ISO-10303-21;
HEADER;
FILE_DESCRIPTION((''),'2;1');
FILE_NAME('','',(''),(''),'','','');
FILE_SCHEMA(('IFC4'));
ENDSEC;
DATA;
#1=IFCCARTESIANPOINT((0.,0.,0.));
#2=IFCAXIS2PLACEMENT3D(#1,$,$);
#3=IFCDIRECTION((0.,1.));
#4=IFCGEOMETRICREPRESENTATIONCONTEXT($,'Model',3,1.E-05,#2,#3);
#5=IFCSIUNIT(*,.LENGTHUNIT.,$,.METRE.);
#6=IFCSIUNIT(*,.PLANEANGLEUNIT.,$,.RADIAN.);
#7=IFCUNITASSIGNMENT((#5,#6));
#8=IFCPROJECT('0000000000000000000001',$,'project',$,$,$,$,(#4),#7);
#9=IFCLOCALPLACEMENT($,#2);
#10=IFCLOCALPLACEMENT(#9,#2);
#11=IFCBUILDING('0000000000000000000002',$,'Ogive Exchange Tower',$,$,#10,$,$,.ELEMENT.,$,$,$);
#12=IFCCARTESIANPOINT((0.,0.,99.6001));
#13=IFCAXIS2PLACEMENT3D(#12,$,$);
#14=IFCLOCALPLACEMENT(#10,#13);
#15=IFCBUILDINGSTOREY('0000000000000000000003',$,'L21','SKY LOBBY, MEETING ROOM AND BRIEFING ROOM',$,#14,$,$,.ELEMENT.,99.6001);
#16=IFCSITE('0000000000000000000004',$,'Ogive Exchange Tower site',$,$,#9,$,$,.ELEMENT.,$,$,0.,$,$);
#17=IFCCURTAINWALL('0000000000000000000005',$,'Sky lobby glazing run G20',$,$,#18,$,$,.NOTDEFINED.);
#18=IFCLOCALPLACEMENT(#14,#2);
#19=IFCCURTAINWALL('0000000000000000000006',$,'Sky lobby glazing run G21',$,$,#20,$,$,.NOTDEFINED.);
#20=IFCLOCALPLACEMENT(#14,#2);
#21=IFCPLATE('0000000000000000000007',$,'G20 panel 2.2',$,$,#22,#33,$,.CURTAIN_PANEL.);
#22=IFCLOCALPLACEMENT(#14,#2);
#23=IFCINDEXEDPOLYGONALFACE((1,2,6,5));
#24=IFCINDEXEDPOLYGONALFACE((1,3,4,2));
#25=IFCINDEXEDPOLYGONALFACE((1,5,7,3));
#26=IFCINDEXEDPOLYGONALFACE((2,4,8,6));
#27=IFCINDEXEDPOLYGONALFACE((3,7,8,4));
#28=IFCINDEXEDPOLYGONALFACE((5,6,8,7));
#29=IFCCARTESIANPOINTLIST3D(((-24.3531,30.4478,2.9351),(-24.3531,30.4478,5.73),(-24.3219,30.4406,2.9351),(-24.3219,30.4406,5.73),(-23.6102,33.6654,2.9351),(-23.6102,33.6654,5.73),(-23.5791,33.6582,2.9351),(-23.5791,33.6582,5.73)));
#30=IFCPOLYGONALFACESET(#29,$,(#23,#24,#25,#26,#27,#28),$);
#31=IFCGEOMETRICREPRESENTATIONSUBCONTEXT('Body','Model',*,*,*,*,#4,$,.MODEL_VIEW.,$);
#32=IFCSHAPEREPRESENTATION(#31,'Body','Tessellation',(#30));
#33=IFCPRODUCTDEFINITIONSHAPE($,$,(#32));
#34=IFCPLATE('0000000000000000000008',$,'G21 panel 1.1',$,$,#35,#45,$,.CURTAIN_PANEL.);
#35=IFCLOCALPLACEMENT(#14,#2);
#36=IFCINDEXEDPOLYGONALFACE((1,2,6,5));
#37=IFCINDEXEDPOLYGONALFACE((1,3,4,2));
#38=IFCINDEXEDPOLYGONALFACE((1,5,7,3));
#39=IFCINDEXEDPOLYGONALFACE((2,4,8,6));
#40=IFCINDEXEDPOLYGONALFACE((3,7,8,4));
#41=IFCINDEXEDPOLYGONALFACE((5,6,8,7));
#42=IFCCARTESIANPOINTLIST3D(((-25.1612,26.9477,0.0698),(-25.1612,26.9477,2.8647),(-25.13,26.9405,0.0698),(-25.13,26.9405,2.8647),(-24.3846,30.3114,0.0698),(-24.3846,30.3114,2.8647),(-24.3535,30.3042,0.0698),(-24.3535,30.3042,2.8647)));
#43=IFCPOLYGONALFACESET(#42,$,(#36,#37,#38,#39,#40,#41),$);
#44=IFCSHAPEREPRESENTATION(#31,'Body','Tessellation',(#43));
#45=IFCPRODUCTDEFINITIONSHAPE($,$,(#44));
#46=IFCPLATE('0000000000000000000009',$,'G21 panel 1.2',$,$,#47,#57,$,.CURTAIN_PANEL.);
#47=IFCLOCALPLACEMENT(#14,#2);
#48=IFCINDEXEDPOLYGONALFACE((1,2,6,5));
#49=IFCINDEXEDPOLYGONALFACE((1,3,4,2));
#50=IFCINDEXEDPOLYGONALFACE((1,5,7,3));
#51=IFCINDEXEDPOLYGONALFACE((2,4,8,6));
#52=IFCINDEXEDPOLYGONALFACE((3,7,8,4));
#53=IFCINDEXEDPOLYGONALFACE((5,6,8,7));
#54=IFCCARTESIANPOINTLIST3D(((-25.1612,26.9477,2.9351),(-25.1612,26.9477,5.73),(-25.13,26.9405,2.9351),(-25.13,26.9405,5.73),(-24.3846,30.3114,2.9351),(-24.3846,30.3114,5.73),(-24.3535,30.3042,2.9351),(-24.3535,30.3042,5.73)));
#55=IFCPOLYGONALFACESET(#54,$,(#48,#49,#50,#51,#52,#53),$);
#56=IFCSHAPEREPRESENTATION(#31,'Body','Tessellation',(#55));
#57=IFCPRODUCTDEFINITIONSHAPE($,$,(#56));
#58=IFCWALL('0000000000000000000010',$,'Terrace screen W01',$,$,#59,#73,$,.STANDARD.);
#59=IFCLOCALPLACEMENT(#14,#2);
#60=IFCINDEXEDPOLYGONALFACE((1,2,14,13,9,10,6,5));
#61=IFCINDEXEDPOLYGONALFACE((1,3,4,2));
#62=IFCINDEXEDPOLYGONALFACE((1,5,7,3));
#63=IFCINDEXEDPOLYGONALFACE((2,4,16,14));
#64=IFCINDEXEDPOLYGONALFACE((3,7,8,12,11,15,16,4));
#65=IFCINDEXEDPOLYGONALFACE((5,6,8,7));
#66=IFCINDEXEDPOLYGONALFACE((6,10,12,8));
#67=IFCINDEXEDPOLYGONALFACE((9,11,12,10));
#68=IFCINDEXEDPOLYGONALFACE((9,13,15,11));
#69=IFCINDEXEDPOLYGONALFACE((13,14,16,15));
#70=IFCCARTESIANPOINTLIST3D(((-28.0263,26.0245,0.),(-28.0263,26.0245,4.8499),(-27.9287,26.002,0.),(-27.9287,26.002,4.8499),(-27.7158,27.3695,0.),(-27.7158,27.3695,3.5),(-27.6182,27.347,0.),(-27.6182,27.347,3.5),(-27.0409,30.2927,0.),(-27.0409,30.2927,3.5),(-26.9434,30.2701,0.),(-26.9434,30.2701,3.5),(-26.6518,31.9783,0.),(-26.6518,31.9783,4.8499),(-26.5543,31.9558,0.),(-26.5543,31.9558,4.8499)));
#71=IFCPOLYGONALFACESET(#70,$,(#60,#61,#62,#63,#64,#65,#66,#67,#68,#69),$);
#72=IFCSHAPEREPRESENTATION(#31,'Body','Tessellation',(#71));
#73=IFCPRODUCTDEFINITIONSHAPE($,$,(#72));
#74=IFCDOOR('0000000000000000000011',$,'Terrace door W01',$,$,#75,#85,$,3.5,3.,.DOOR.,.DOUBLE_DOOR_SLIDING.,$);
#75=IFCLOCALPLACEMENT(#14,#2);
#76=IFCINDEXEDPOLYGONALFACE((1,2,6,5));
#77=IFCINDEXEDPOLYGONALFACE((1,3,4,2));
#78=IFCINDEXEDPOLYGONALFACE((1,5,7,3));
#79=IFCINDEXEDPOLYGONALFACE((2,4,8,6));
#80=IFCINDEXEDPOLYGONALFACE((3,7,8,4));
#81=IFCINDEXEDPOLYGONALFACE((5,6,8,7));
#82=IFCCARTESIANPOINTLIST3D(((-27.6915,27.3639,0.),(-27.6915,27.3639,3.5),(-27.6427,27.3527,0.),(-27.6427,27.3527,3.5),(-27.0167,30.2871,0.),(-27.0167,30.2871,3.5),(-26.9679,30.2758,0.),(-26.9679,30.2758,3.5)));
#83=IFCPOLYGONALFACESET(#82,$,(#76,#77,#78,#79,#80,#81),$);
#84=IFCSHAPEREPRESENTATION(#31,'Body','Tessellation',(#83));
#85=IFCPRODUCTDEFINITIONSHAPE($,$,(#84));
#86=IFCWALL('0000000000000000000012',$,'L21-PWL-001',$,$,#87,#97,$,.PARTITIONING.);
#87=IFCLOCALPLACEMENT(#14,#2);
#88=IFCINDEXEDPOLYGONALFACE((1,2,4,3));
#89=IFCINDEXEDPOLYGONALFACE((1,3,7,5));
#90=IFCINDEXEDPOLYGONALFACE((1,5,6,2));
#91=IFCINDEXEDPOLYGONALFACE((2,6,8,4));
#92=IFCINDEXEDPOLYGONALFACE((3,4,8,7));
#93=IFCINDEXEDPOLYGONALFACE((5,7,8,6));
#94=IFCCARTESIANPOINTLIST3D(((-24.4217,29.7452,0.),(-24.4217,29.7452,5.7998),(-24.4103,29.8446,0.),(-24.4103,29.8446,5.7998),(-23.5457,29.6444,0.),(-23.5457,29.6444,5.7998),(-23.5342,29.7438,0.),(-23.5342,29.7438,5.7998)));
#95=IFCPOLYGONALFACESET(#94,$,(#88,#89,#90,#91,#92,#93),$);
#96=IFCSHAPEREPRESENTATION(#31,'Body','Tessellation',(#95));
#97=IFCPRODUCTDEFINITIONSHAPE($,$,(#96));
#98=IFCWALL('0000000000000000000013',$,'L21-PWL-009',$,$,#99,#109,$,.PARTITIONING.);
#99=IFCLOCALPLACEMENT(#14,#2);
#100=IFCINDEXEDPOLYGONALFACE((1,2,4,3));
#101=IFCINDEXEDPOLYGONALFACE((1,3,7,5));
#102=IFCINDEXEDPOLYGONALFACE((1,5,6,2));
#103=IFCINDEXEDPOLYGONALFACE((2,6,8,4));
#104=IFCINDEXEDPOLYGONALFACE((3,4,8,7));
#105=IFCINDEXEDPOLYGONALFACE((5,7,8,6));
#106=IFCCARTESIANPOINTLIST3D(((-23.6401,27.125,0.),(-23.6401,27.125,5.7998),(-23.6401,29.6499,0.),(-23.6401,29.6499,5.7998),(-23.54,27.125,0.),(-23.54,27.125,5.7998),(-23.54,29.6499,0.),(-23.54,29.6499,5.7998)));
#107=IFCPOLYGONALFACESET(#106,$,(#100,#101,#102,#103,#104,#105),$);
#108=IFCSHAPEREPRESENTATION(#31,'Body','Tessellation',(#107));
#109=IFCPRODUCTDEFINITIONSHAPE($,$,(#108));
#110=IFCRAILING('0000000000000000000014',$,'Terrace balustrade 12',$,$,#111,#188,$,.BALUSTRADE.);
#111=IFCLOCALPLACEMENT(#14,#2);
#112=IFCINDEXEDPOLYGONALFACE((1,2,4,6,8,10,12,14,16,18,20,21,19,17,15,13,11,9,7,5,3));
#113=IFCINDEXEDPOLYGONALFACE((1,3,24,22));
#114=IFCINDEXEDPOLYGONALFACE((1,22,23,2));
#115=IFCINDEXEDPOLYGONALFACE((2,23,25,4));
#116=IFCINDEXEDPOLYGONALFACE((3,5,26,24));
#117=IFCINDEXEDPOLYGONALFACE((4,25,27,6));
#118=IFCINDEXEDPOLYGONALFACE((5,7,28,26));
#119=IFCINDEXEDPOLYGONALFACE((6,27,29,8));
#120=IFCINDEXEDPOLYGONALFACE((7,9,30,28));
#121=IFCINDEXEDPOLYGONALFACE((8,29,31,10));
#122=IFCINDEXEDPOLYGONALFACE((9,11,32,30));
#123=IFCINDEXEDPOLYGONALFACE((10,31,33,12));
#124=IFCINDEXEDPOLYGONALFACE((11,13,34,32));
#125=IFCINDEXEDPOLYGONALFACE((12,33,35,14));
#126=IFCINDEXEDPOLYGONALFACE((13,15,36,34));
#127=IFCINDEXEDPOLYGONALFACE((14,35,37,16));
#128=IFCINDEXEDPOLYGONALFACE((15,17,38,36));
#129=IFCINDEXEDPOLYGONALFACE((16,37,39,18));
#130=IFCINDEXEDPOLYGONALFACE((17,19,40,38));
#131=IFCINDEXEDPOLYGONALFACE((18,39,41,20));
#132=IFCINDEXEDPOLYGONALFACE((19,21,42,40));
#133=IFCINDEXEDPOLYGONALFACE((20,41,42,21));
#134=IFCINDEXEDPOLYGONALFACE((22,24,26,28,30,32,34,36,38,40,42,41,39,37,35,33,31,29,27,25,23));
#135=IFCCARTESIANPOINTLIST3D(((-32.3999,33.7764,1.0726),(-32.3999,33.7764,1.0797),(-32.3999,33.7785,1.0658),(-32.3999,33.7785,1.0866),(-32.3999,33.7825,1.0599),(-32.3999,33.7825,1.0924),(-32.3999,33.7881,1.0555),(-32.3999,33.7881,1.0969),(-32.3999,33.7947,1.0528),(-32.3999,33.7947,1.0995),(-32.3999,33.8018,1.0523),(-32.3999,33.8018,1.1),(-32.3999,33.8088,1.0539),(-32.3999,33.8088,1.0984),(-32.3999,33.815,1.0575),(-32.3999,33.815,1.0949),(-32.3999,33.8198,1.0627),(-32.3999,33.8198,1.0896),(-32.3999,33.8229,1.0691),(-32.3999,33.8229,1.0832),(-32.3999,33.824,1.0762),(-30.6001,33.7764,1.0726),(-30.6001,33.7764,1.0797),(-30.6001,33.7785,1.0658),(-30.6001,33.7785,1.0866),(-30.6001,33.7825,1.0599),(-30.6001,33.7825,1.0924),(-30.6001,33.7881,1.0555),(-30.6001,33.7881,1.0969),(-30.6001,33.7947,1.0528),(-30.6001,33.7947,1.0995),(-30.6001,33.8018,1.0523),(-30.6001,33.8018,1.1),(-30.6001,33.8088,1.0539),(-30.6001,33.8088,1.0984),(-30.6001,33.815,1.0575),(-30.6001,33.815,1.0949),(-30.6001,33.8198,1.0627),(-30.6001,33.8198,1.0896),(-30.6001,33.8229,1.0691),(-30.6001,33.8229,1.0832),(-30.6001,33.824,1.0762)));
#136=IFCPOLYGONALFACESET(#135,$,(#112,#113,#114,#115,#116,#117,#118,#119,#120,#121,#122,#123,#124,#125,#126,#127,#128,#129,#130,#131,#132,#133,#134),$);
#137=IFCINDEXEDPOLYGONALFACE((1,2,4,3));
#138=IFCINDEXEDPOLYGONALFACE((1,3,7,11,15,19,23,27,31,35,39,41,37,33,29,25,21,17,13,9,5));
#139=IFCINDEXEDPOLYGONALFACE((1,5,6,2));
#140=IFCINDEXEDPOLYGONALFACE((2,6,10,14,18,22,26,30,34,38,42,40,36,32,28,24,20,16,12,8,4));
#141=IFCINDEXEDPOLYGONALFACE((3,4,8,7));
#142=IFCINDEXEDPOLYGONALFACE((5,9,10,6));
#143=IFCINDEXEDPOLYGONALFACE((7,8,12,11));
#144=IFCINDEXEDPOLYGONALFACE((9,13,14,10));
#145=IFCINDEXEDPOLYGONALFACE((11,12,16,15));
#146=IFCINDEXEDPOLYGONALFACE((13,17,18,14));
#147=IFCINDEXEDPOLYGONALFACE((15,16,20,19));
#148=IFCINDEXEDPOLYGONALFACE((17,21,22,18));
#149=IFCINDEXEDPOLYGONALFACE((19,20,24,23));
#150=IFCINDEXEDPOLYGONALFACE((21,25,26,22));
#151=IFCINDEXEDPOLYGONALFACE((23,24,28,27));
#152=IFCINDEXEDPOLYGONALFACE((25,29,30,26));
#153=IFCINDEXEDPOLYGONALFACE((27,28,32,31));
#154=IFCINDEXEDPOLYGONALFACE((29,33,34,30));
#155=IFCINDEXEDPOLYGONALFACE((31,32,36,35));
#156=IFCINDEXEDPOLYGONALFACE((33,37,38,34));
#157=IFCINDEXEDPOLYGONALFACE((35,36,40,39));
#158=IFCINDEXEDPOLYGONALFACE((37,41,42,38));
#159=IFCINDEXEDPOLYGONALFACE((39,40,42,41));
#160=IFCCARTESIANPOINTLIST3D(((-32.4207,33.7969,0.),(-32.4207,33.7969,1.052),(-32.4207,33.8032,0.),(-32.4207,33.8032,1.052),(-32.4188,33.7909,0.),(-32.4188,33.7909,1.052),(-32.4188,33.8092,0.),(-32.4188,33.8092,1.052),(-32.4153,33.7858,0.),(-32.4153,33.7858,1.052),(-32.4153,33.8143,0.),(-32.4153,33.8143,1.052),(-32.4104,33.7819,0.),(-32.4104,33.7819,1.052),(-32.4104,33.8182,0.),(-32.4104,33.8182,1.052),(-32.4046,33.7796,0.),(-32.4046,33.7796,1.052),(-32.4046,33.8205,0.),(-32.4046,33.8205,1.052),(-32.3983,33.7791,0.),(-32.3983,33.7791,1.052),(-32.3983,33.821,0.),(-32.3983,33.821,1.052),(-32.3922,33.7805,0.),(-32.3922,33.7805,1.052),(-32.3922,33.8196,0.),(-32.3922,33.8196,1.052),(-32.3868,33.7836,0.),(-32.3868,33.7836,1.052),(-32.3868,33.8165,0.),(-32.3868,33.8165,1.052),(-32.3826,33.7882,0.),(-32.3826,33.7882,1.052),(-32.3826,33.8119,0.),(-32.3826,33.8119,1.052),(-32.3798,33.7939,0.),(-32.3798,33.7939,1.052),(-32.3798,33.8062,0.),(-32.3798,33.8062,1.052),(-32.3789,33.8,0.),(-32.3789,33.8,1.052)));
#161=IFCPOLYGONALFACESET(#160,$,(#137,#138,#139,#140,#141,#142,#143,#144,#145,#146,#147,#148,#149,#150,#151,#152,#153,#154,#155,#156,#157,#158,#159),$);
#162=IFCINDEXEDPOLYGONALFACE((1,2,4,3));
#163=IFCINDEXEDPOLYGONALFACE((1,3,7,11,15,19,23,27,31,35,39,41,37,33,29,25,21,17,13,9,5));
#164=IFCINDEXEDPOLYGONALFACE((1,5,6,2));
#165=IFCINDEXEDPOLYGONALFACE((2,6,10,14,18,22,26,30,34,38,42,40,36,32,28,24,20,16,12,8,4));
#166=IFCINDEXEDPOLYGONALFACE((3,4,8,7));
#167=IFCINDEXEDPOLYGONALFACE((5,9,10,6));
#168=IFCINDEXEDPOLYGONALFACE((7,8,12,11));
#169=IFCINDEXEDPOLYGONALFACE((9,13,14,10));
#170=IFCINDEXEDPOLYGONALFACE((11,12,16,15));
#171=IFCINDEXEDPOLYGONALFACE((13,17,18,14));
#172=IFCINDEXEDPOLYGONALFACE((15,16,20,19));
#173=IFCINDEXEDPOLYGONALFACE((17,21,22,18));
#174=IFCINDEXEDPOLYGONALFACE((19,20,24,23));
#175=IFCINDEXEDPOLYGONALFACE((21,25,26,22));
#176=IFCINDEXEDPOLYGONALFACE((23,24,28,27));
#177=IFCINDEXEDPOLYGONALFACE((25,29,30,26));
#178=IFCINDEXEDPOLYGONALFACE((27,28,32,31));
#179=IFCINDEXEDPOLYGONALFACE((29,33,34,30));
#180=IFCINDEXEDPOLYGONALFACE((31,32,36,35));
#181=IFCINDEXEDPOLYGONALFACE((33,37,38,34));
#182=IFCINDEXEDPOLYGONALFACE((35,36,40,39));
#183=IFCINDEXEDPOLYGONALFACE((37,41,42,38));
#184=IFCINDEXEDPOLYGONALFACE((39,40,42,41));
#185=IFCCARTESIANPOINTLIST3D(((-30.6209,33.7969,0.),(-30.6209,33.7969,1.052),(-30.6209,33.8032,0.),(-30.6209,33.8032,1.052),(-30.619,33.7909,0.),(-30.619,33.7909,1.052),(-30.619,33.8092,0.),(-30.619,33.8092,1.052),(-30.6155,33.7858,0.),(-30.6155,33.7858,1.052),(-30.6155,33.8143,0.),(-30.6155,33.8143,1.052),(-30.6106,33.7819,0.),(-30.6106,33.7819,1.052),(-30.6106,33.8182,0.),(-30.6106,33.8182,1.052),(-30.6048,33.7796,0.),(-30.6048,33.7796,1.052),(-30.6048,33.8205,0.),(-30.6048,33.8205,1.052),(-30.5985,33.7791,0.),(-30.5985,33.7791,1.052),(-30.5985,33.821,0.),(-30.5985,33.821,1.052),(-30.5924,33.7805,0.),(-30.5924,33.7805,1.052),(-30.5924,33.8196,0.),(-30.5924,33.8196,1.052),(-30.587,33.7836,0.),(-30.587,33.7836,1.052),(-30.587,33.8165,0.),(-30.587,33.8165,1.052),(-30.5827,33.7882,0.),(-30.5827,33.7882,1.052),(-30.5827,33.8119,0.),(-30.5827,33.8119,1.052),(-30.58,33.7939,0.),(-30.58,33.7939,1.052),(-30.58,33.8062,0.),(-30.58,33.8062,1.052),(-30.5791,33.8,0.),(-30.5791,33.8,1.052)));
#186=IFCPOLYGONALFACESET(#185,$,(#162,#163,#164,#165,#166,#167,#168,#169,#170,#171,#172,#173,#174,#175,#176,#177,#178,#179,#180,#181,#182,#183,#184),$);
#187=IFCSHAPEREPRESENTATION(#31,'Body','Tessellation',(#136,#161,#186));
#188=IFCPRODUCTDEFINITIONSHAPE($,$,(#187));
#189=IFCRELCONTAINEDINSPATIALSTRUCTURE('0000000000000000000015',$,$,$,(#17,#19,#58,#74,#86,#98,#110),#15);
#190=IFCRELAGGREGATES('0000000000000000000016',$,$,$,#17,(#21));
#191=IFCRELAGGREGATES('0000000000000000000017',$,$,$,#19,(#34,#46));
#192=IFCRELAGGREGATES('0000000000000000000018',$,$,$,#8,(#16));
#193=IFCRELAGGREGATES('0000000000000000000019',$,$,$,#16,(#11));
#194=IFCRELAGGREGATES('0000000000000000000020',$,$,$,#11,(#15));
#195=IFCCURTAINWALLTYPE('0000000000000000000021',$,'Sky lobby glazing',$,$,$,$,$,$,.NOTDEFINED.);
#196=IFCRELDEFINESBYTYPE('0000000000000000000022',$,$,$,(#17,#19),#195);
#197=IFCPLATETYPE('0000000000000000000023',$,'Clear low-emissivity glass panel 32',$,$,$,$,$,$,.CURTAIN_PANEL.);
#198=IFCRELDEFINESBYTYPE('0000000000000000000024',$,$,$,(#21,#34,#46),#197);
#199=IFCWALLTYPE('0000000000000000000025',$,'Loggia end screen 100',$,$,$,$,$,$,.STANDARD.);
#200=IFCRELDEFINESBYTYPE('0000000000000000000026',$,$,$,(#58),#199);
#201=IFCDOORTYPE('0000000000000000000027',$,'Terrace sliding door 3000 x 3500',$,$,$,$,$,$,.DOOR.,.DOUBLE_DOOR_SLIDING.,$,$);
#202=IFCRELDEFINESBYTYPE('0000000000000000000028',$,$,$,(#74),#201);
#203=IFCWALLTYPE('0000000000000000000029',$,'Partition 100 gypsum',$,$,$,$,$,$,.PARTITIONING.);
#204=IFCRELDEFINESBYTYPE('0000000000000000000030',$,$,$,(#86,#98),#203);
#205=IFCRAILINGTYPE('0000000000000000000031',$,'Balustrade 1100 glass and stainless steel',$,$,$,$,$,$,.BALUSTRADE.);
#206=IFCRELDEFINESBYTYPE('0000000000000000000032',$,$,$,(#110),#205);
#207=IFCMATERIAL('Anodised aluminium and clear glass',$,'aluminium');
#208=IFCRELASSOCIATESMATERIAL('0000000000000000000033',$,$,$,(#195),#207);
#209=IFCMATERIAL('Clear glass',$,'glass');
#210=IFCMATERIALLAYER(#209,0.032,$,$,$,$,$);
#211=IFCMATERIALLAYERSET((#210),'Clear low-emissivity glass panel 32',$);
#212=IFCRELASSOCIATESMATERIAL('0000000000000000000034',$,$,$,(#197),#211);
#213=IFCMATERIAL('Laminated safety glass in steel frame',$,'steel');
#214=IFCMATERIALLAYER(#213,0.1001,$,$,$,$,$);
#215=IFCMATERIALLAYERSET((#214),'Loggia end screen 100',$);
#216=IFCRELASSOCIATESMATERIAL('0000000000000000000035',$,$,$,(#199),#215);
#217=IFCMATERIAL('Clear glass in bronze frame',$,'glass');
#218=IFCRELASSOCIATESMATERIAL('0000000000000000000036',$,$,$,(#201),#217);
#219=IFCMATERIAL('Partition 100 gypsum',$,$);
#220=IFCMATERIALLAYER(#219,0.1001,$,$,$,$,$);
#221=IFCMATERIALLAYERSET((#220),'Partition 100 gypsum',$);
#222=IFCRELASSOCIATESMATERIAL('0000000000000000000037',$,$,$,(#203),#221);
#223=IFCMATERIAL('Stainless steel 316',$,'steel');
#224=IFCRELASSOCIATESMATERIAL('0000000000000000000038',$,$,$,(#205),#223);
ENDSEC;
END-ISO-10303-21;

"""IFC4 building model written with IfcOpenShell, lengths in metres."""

from ifc_helpers import new_model, si_unit, direction, frame, frame_2d, origin, origin_2d, place, context, subcontext, project, spatial, rectangle, circle, extrude, material, layer, layer_set, type_object, element, fill, aggregate, save


model = new_model("IFC4")

# Units and contexts
model_context = context("Model", 3, precision=1e-05, world=origin(), true_north=direction((0.0, 1.0)))
body_context = subcontext(model_context, "Body", "Model", "MODEL_VIEW")
ifc_project = project(units=[si_unit("LENGTHUNIT", "METRE"), si_unit("PLANEANGLEUNIT", "RADIAN")], contexts=[model_context])

# Site, building, storey
site_placement = place(None, origin())
site = spatial("IfcSite", under=ifc_project, at=site_placement, Name="Ogive Exchange Tower site", CompositionType="ELEMENT", RefElevation=0.0)
building_placement = place(site_placement, origin())
building = spatial("IfcBuilding", under=site, at=building_placement, Name="Ogive Exchange Tower", CompositionType="ELEMENT")
storey_placement = place(building_placement, frame((0.0, 0.0, 99.6001)))
storey = spatial("IfcBuildingStorey", under=building, at=storey_placement, Name="L21", Description="SKY LOBBY, MEETING ROOM AND BRIEFING ROOM", CompositionType="ELEMENT", Elevation=99.6001)

# Curtain wall
ifc_material_1 = material(Name="Anodised aluminium and clear glass", Category="aluminium")
curtain_wall_type = type_object("IfcCurtainWallType", Name="Sky lobby glazing", PredefinedType="NOTDEFINED", material=ifc_material_1)
curtain_wall_1_placement = place(storey_placement, origin())
curtain_wall_1 = element("IfcCurtainWall", 1, at=curtain_wall_1_placement, inside=storey, type_object=curtain_wall_type, Name="Sky lobby glazing run G20", PredefinedType="NOTDEFINED")

# Curtain wall
curtain_wall_2_placement = place(storey_placement, origin())
curtain_wall_2 = element("IfcCurtainWall", 2, at=curtain_wall_2_placement, inside=storey, type_object=curtain_wall_type, Name="Sky lobby glazing run G21", PredefinedType="NOTDEFINED")

# Plates
ifc_material_2 = material(Name="Clear glass", Category="glass")
ifc_layer_1 = layer(ifc_material_2, 0.032)
ifc_layer_set_1 = layer_set([ifc_layer_1], Name="Clear low-emissivity glass panel 32")
plate_type = type_object("IfcPlateType", Name="Clear low-emissivity glass panel 32", PredefinedType="CURTAIN_PANEL", material=ifc_layer_set_1)
plate_1_placement = place(storey_placement, frame((-23.9661, 32.053, 2.9351), z_axis=(0.0, 0.0, 1.0), x_axis=(-0.224952, -0.97437, 0.0)))
plate_1 = element("IfcPlate", 3, at=plate_1_placement, type_object=plate_type, Name="G20 panel 2.2", PredefinedType="CURTAIN_PANEL", context=body_context, shape_type="SweptSolid", body=[
    extrude(rectangle(XDim=3.3022, YDim=0.032, at=origin_2d()), origin(), (0.0, 0.0, 1.0), 2.7949),
])
aggregate(curtain_wall_1, [plate_1])
plate_2_placement = place(storey_placement, frame((-24.7573, 28.626, 0.0698), z_axis=(0.0, 0.0, 1.0), x_axis=(-0.224944, -0.974372, 0.0)))
plate_2 = element("IfcPlate", 4, at=plate_2_placement, type_object=plate_type, Name="G21 panel 1.1", PredefinedType="CURTAIN_PANEL", context=body_context, shape_type="SweptSolid", body=[
    extrude(rectangle(XDim=3.4521, YDim=0.032, at=origin_2d()), origin(), (0.0, 0.0, 1.0), 2.7949),
])
plate_3_placement = place(storey_placement, frame((-24.7573, 28.626, 2.9351), z_axis=(0.0, 0.0, 1.0), x_axis=(-0.224944, -0.974372, 0.0)))
plate_3 = element("IfcPlate", 5, at=plate_3_placement, type_object=plate_type, Name="G21 panel 1.2", PredefinedType="CURTAIN_PANEL", context=body_context, shape_type="SweptSolid", body=[
    extrude(rectangle(XDim=3.4521, YDim=0.032, at=origin_2d()), origin(), (0.0, 0.0, 1.0), 2.7949),
])
aggregate(curtain_wall_2, [plate_2, plate_3])

# Wall, opening, door
ifc_material_3 = material(Name="Laminated safety glass in steel frame", Category="steel")
ifc_layer_2 = layer(ifc_material_3, 0.1001)
ifc_layer_set_2 = layer_set([ifc_layer_2], Name="Loggia end screen 100")
wall_type_1 = type_object("IfcWallType", Name="Loggia end screen 100", PredefinedType="STANDARD", material=ifc_layer_set_2)
wall_1_placement = place(storey_placement, frame((-26.603, 31.967, 0.0), z_axis=(0.0, 0.0, 1.0), x_axis=(-0.224944, -0.974372, 0.0)))
wall_1 = element("IfcWall", 6, at=wall_1_placement, inside=storey, type_object=wall_type_1, Name="Terrace screen W01", PredefinedType="STANDARD", context=body_context, shape_type="SweptSolid", body=[
    extrude(rectangle(XDim=6.1104, YDim=0.1001, at=frame_2d((3.0552, 0.0))), origin(), (0.0, 0.0, 1.0), 4.8499),
])
opening_placement = place(wall_1_placement, frame((1.73, 0.0, 0.0)))
opening = element("IfcOpeningElement", 7, at=opening_placement, cuts=wall_1, PredefinedType="OPENING", context=body_context, shape_type="SweptSolid", body=[
    extrude(rectangle(XDim=3.0, YDim=3.5, at=frame_2d((1.5, 1.75))), frame((0.0, 0.0601, 0.0), z_axis=(0.0, -1.0, 0.0), x_axis=(1.0, 0.0, 0.0)), (0.0, 0.0, 1.0), 0.1201),
])
ifc_material_4 = material(Name="Clear glass in bronze frame", Category="glass")
door_type = type_object("IfcDoorType", Name="Terrace sliding door 3000 x 3500", OperationType="DOUBLE_DOOR_SLIDING", PredefinedType="DOOR", material=ifc_material_4)
door_placement = place(opening_placement, origin())
door = element("IfcDoor", 8, at=door_placement, inside=storey, type_object=door_type, Name="Terrace door W01", OperationType="DOUBLE_DOOR_SLIDING", OverallHeight=3.5, OverallWidth=3.0, PredefinedType="DOOR", context=body_context, shape_type="SweptSolid", body=[
    extrude(rectangle(XDim=3.0, YDim=3.5, at=frame_2d((1.5, 1.75))), frame((0.0, 0.0249, 0.0), z_axis=(0.0, -1.0, 0.0), x_axis=(1.0, 0.0, 0.0)), (0.0, 0.0, 1.0), 0.05),
])
fill(opening, door)

# Walls
ifc_material_5 = material(Name="Partition 100 gypsum")
ifc_layer_3 = layer(ifc_material_5, 0.1001)
ifc_layer_set_3 = layer_set([ifc_layer_3], Name="Partition 100 gypsum")
wall_type_2 = type_object("IfcWallType", Name="Partition 100 gypsum", PredefinedType="PARTITIONING", material=ifc_layer_set_3)
wall_2_placement = place(storey_placement, frame((-24.416, 29.7949, 0.0), z_axis=(0.0, 0.0, 1.0), x_axis=(0.99344, -0.114351, 0.0)))
element("IfcWall", 9, at=wall_2_placement, inside=storey, type_object=wall_type_2, Name="L21-PWL-001", PredefinedType="PARTITIONING", context=body_context, shape_type="SweptSolid", body=[
    extrude(rectangle(XDim=0.8818, YDim=0.1001, at=frame_2d((0.4409, 0.0))), origin(), (0.0, 0.0, 1.0), 5.7998),
])
wall_3_placement = place(storey_placement, frame((-23.5901, 27.125, 0.0), z_axis=(0.0, 0.0, 1.0), x_axis=(0.0, 1.0, 0.0)))
element("IfcWall", 10, at=wall_3_placement, inside=storey, type_object=wall_type_2, Name="L21-PWL-009", PredefinedType="PARTITIONING", context=body_context, shape_type="SweptSolid", body=[
    extrude(rectangle(XDim=2.5249, YDim=0.1001, at=frame_2d((1.2625, 0.0))), origin(), (0.0, 0.0, 1.0), 5.7998),
])

# Railing
ifc_material_6 = material(Name="Stainless steel 316", Category="steel")
railing_type = type_object("IfcRailingType", Name="Balustrade 1100 glass and stainless steel", PredefinedType="BALUSTRADE", material=ifc_material_6)
railing_placement = place(storey_placement, frame((-32.3999, 33.8, 0.0)))
element("IfcRailing", 11, at=railing_placement, inside=storey, type_object=railing_type, Name="Terrace balustrade 12", PredefinedType="BALUSTRADE", context=body_context, shape_type="SweptSolid", body=[
    extrude(circle(Radius=0.0239, at=origin_2d()), frame((0.0, 0.0, 1.0762), z_axis=(1.0, 0.0, 0.0), x_axis=(0.0, 1.0, 0.0)), (0.0, 0.0, 1.0), 1.7998),
    extrude(circle(Radius=0.021, at=origin_2d()), origin(), (0.0, 0.0, 1.0), 1.052),
    extrude(circle(Radius=0.021, at=origin_2d()), frame((1.7998, 0.0, 0.0)), (0.0, 0.0, 1.0), 1.052),
])

save(model, "model.ifc")
